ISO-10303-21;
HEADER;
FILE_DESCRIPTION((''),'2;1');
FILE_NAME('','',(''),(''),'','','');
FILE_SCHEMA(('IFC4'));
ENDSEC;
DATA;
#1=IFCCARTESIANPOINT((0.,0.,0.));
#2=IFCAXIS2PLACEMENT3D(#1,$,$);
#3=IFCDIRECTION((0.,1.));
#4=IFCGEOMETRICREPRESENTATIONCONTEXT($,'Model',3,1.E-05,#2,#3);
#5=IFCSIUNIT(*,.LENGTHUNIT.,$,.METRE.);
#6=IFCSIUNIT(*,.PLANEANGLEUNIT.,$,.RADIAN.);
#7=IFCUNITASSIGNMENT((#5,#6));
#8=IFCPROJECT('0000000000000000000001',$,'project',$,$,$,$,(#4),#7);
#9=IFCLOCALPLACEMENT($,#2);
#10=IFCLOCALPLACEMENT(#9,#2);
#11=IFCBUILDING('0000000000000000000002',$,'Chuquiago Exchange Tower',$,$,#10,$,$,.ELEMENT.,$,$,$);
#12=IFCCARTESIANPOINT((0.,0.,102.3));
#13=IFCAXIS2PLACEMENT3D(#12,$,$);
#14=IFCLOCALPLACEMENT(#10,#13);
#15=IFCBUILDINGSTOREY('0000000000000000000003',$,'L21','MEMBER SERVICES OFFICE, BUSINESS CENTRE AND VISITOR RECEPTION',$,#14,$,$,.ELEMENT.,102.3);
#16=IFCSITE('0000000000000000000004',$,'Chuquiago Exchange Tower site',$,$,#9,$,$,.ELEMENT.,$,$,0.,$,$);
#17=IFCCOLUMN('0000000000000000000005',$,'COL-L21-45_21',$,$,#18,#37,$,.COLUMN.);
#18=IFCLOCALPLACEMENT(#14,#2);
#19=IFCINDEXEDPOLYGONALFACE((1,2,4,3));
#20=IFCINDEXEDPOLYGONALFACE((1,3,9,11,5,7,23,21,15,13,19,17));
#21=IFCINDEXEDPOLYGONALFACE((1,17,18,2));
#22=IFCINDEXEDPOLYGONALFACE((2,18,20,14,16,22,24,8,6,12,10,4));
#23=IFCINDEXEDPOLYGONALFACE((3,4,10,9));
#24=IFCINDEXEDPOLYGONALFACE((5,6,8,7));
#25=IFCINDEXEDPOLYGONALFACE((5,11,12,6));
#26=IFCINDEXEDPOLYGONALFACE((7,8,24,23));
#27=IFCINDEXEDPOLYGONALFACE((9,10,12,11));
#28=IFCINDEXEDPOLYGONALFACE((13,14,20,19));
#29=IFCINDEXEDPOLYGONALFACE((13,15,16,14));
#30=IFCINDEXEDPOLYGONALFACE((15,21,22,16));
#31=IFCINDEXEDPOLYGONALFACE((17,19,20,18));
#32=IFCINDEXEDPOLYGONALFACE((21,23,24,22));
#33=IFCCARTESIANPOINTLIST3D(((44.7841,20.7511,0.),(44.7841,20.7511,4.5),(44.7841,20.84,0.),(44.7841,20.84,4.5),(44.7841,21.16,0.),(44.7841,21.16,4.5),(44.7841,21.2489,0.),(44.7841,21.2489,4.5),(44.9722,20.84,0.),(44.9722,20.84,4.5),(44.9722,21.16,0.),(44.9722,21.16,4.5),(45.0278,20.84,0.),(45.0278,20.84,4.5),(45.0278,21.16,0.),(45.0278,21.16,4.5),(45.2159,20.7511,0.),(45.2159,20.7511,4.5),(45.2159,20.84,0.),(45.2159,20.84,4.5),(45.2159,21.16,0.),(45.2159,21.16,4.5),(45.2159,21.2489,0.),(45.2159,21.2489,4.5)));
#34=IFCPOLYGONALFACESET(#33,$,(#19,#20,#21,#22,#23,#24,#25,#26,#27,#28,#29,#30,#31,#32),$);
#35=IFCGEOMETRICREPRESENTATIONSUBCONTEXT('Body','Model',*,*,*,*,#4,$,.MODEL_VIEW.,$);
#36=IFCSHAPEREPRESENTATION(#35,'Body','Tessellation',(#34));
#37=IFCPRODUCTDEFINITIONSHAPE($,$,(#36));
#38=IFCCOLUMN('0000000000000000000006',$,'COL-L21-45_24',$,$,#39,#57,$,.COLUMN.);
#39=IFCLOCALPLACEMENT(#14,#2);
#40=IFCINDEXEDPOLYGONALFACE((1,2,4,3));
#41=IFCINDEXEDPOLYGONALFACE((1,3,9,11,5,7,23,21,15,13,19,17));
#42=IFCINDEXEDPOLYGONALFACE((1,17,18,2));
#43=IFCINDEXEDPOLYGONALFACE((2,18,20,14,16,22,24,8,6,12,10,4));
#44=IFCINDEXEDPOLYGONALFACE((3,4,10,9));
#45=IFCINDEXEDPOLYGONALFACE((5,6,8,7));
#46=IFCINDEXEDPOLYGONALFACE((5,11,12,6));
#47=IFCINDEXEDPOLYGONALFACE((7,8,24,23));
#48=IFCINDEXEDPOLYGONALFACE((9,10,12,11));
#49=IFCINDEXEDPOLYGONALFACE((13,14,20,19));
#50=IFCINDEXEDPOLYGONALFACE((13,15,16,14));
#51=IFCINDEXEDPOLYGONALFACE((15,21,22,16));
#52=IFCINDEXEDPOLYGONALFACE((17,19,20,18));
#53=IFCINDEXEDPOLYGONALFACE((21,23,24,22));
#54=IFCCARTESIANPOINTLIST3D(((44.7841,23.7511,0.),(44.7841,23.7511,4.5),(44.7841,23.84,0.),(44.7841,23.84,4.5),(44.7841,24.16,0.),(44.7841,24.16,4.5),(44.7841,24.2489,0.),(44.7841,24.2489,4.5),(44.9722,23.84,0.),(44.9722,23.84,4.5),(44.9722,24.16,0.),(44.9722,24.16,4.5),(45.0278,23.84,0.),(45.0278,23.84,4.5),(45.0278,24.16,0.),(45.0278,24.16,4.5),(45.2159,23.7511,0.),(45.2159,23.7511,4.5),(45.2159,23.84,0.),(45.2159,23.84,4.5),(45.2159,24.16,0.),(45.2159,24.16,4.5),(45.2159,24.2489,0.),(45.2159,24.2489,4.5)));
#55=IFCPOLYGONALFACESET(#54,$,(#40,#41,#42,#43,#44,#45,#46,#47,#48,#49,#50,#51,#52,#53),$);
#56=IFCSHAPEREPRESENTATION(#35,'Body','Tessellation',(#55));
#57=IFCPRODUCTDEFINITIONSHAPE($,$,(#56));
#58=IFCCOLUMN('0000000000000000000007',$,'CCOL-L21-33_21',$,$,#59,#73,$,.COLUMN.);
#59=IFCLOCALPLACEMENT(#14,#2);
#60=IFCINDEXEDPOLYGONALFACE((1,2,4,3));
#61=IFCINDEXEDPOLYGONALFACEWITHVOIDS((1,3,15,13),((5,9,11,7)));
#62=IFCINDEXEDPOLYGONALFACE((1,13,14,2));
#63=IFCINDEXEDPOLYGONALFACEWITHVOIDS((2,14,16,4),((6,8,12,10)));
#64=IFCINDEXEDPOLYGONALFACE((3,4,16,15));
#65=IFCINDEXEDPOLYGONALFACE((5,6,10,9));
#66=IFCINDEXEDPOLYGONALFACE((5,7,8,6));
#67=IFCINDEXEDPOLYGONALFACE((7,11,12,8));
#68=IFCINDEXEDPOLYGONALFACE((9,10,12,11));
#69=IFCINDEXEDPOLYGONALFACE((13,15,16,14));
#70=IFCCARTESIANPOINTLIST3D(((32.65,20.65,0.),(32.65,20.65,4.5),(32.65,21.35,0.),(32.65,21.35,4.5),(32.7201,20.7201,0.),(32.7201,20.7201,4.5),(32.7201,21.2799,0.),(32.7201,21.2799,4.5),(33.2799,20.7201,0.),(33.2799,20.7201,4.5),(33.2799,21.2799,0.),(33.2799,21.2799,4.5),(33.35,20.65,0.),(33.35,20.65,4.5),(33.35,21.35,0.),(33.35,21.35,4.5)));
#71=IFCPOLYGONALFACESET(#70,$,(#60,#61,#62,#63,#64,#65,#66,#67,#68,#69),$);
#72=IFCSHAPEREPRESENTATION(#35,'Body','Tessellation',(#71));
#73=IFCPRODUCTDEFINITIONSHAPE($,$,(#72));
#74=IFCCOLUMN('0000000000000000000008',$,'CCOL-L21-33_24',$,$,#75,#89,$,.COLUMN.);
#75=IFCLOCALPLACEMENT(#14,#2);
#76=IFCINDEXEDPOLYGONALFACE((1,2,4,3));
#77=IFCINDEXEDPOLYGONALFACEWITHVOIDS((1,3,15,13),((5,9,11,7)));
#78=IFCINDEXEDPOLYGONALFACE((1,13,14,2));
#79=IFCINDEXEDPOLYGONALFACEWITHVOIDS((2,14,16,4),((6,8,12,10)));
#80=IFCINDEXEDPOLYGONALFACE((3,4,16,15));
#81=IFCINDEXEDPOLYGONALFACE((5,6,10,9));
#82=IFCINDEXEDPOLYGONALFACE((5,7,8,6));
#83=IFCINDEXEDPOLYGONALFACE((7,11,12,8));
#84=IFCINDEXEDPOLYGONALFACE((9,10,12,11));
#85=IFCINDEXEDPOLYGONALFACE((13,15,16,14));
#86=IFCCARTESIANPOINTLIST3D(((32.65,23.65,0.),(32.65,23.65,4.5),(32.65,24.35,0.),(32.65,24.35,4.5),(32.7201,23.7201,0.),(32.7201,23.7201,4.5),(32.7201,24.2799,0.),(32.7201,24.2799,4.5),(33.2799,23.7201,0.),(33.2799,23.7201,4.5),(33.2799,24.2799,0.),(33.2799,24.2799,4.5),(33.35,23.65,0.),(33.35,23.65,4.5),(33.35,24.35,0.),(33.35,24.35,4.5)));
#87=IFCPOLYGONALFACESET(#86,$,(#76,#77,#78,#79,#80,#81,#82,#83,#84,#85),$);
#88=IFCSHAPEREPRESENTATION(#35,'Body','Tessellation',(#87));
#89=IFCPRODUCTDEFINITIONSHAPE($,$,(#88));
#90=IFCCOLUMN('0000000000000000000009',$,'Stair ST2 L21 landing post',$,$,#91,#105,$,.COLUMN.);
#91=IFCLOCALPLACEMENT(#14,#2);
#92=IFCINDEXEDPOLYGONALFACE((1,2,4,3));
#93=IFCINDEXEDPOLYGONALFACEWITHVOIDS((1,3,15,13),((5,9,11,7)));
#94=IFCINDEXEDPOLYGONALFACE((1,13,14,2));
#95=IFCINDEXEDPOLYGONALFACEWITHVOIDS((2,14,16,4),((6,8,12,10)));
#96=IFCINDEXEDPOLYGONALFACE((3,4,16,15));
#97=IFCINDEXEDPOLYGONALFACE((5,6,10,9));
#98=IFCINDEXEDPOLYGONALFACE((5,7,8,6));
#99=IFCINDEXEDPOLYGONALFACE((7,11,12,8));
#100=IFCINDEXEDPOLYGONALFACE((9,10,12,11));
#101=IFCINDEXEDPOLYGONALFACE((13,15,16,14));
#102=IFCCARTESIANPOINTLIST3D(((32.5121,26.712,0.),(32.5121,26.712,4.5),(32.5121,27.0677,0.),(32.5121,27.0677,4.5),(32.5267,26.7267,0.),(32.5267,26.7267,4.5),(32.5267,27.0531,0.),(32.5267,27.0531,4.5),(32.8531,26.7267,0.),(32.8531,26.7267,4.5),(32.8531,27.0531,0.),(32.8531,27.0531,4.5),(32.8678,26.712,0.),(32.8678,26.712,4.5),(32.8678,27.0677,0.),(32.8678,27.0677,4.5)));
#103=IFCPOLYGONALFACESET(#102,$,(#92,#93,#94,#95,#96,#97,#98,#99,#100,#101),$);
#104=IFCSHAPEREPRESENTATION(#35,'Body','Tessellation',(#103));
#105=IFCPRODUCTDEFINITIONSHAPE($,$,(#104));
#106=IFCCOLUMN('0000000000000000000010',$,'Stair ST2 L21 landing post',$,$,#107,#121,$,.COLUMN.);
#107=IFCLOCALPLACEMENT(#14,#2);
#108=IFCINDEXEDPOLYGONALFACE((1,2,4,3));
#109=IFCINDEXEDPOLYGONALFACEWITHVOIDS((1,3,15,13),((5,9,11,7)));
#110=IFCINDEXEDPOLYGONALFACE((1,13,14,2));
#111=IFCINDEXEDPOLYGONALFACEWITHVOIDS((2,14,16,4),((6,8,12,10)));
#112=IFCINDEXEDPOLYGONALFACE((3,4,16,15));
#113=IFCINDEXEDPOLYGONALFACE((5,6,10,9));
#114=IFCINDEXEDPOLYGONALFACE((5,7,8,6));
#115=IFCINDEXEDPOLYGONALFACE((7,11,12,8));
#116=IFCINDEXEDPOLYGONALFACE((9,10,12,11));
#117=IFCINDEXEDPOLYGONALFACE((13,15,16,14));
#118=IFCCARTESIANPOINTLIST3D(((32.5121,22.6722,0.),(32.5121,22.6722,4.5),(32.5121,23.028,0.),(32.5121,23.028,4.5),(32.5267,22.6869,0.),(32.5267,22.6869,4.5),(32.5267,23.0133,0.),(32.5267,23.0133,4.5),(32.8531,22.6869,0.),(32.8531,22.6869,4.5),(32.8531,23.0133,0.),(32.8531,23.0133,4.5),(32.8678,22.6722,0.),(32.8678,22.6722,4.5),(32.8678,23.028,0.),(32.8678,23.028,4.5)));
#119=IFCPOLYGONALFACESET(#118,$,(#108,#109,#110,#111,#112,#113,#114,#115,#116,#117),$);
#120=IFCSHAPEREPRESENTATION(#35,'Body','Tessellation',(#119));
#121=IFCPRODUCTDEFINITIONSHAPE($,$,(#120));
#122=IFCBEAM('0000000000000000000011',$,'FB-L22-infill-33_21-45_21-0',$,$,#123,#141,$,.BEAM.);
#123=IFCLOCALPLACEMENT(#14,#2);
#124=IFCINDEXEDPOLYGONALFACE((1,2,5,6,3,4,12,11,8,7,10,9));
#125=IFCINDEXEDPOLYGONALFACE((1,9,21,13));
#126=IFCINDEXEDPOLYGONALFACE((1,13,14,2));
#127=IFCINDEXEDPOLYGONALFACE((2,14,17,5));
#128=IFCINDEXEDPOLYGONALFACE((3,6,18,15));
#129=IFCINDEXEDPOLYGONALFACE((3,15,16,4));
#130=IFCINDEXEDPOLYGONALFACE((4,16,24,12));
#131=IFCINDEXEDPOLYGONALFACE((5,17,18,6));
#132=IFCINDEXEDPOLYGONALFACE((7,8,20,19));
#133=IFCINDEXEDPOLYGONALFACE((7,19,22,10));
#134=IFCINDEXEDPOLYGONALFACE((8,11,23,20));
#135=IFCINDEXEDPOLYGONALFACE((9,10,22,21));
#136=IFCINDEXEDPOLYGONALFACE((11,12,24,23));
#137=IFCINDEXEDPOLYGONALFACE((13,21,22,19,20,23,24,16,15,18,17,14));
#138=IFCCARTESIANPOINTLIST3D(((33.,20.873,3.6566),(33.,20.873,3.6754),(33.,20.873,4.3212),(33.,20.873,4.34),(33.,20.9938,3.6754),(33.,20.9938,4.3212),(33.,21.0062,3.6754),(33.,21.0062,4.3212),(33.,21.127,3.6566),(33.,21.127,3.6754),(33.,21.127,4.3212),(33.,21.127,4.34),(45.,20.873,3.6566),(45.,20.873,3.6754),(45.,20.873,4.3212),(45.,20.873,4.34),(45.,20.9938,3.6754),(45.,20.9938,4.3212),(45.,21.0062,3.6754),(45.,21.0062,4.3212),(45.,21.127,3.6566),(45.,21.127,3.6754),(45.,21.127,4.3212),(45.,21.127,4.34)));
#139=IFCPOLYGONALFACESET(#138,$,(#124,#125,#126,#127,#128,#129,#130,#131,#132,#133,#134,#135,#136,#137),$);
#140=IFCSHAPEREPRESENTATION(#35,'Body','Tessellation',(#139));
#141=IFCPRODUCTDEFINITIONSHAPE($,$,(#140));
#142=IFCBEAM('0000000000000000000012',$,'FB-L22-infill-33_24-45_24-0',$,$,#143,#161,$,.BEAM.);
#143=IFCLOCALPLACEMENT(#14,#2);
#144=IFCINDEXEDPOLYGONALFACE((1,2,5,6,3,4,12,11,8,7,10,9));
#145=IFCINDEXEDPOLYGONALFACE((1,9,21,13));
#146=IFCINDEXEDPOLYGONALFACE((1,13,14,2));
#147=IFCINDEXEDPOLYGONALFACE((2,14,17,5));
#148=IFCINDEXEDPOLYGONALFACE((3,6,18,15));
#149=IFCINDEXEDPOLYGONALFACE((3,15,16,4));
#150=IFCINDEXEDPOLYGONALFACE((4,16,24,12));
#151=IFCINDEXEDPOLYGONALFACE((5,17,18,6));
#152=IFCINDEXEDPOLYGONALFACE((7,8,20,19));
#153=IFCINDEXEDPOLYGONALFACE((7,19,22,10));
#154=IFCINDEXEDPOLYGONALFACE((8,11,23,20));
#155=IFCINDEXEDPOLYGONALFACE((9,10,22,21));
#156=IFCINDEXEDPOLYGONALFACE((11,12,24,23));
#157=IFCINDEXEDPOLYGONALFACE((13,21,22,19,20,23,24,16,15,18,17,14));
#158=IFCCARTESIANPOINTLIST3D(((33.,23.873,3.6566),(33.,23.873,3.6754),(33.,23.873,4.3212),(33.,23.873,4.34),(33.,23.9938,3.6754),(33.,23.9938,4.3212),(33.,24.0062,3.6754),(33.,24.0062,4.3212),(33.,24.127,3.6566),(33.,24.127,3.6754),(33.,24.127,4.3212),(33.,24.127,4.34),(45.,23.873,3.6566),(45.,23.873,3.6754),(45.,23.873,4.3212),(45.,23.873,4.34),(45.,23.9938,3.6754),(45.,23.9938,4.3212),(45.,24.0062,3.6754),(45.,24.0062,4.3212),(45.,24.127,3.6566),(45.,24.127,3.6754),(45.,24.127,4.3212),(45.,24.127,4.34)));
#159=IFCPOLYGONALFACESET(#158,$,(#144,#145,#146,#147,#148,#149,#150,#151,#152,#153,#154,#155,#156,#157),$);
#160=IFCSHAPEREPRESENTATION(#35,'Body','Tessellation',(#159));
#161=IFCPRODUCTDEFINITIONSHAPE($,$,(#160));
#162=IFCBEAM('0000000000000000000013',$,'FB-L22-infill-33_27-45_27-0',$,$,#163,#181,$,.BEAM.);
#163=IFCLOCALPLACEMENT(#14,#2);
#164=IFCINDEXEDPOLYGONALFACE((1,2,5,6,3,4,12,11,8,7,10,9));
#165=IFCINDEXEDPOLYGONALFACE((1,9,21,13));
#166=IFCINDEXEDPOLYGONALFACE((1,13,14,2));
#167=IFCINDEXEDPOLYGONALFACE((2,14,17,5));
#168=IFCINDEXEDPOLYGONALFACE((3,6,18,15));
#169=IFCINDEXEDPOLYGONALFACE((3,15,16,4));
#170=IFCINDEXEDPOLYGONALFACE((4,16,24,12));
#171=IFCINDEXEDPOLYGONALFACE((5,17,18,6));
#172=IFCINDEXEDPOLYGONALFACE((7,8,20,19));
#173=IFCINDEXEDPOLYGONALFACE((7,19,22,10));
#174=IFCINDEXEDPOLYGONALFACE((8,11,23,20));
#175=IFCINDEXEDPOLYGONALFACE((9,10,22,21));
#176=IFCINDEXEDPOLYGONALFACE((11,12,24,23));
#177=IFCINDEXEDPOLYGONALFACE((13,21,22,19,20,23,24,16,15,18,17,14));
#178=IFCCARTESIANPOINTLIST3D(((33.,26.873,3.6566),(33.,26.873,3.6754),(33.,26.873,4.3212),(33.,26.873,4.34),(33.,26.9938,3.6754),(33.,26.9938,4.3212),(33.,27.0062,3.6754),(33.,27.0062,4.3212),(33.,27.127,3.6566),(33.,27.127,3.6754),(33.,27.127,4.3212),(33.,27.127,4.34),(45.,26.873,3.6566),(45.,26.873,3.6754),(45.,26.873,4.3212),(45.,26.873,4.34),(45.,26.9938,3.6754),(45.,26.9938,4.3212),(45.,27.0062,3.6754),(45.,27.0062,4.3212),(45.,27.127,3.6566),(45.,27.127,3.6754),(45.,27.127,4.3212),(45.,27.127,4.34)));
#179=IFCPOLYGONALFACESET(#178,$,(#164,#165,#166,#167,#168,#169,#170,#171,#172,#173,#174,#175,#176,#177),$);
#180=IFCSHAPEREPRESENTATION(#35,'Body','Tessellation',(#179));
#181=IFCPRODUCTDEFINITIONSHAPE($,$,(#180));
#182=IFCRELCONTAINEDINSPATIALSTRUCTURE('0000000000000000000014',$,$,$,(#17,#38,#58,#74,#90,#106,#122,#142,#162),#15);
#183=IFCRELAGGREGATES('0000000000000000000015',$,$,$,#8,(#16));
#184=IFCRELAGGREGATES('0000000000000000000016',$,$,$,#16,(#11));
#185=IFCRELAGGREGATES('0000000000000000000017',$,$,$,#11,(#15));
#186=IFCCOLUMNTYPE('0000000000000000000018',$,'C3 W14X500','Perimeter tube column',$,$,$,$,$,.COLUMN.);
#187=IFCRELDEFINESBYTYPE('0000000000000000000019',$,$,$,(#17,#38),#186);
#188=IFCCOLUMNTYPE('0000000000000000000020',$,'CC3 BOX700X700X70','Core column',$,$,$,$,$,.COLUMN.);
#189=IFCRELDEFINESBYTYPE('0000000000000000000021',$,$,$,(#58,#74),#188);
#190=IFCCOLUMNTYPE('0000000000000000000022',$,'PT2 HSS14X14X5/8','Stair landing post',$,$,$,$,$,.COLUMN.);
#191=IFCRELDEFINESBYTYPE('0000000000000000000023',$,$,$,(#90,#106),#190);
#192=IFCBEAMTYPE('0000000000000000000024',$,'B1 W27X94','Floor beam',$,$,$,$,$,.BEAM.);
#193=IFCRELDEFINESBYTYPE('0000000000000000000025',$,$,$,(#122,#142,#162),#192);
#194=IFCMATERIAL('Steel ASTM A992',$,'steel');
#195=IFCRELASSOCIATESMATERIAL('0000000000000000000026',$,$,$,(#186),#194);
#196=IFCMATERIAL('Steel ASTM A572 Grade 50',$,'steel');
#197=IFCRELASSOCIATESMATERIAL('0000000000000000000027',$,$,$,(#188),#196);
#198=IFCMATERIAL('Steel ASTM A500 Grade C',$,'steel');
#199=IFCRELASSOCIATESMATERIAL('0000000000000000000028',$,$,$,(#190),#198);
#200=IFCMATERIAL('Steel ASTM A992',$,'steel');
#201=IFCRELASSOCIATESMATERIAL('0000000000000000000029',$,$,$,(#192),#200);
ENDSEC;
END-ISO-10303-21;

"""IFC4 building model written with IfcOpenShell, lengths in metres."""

from ifc_helpers import new_model, si_unit, direction, frame, origin, origin_2d, place, context, subcontext, project, spatial, hollow_rectangle, i_section, extrude, material, material_profile, profile_set, type_object, element, save


model = new_model("IFC4")

# Units and contexts
model_context = context("Model", 3, precision=1e-05, world=origin(), true_north=direction((0.0, 1.0)))
body_context = subcontext(model_context, "Body", "Model", "MODEL_VIEW")
ifc_project = project(units=[si_unit("LENGTHUNIT", "METRE"), si_unit("PLANEANGLEUNIT", "RADIAN")], contexts=[model_context])

# Site, building, storey
site_placement = place(None, origin())
site = spatial("IfcSite", under=ifc_project, at=site_placement, Name="Chuquiago Exchange Tower site", CompositionType="ELEMENT", RefElevation=0.0)
building_placement = place(site_placement, origin())
building = spatial("IfcBuilding", under=site, at=building_placement, Name="Chuquiago Exchange Tower", CompositionType="ELEMENT")
storey_placement = place(building_placement, frame((0.0, 0.0, 102.3)))
storey = spatial("IfcBuildingStorey", under=building, at=storey_placement, Name="L21", Description="MEMBER SERVICES OFFICE, BUSINESS CENTRE AND VISITOR RECEPTION", CompositionType="ELEMENT", Elevation=102.3)

# Columns
ifc_material_1 = material(Name="Steel ASTM A992", Category="steel")
ifc_material_profile_1 = material_profile(ifc_material_1, i_section(OverallWidth=0.4319, OverallDepth=0.4978, WebThickness=0.0557, FlangeThickness=0.0889, at=origin_2d()), Name="W14X500")
ifc_profile_set_1 = profile_set([ifc_material_profile_1], Name="Steel ASTM A992")
column_type_1 = type_object("IfcColumnType", Name="C3 W14X500", Description="Perimeter tube column", PredefinedType="COLUMN", material=ifc_profile_set_1)
for number, where, z_axis, x_axis, name in (
    (1, (45.0, 21.0, 0.0), (0.0, 0.0, 1.0), (1.0, 0.0, 0.0), "COL-L21-45_21"),
    (2, (45.0, 24.0, 0.0), (0.0, 0.0, 1.0), (1.0, 0.0, 0.0), "COL-L21-45_24"),
):
    element("IfcColumn", number, at=place(storey_placement, frame(where, z_axis=z_axis, x_axis=x_axis)), inside=storey, type_object=column_type_1, Name=name, PredefinedType="COLUMN", context=body_context, shape_type="SweptSolid", body=[
        extrude(i_section(OverallWidth=0.4319, OverallDepth=0.4978, WebThickness=0.0557, FlangeThickness=0.0889, at=origin_2d()), origin(), (0.0, 0.0, 1.0), 4.5),
    ])
ifc_material_2 = material(Name="Steel ASTM A572 Grade 50", Category="steel")
ifc_material_profile_2 = material_profile(ifc_material_2, hollow_rectangle(XDim=0.7, YDim=0.7, WallThickness=0.0701, at=origin_2d()), Name="BOX700X700X70")
ifc_profile_set_2 = profile_set([ifc_material_profile_2], Name="Steel ASTM A572 Grade 50")
column_type_2 = type_object("IfcColumnType", Name="CC3 BOX700X700X70", Description="Core column", PredefinedType="COLUMN", material=ifc_profile_set_2)
for number, where, z_axis, x_axis, name in (
    (3, (33.0, 21.0, 0.0), (0.0, 0.0, 1.0), (1.0, 0.0, 0.0), "CCOL-L21-33_21"),
    (4, (33.0, 24.0, 0.0), (0.0, 0.0, 1.0), (1.0, 0.0, 0.0), "CCOL-L21-33_24"),
):
    element("IfcColumn", number, at=place(storey_placement, frame(where, z_axis=z_axis, x_axis=x_axis)), inside=storey, type_object=column_type_2, Name=name, PredefinedType="COLUMN", context=body_context, shape_type="SweptSolid", body=[
        extrude(hollow_rectangle(XDim=0.7, YDim=0.7, WallThickness=0.0701, at=origin_2d()), origin(), (0.0, 0.0, 1.0), 4.5),
    ])
ifc_material_3 = material(Name="Steel ASTM A500 Grade C", Category="steel")
ifc_material_profile_3 = material_profile(ifc_material_3, hollow_rectangle(XDim=0.3557, YDim=0.3557, WallThickness=0.0146, at=origin_2d()), Name="HSS14X14X5/8")
ifc_profile_set_3 = profile_set([ifc_material_profile_3], Name="Steel ASTM A500 Grade C")
column_type_3 = type_object("IfcColumnType", Name="PT2 HSS14X14X5/8", Description="Stair landing post", PredefinedType="COLUMN", material=ifc_profile_set_3)
for number, where, z_axis, x_axis, name in (
    (5, (32.6899, 26.8899, 0.0), (0.0, 0.0, 1.0), (1.0, 0.0, 0.0), "Stair ST2 L21 landing post"),
    (6, (32.6899, 22.8501, 0.0), (0.0, 0.0, 1.0), (1.0, 0.0, 0.0), "Stair ST2 L21 landing post"),
):
    element("IfcColumn", number, at=place(storey_placement, frame(where, z_axis=z_axis, x_axis=x_axis)), inside=storey, type_object=column_type_3, Name=name, PredefinedType="COLUMN", context=body_context, shape_type="SweptSolid", body=[
        extrude(hollow_rectangle(XDim=0.3557, YDim=0.3557, WallThickness=0.0146, at=origin_2d()), origin(), (0.0, 0.0, 1.0), 4.5),
    ])

# Beams
ifc_material_4 = material(Name="Steel ASTM A992", Category="steel")
ifc_material_profile_4 = material_profile(ifc_material_4, i_section(OverallWidth=0.2539, OverallDepth=0.6833, WebThickness=0.0125, FlangeThickness=0.0188, at=origin_2d()), Name="W27X94")
ifc_profile_set_4 = profile_set([ifc_material_profile_4], Name="Steel ASTM A992")
beam_type_1 = type_object("IfcBeamType", Name="B1 W27X94", Description="Floor beam", PredefinedType="BEAM", material=ifc_profile_set_4)
for number, where, z_axis, x_axis, name in (
    (7, (33.0, 21.0, 3.9983), (1.0, 0.0, 0.0), (0.0, 1.0, 0.0), "FB-L22-infill-33_21-45_21-0"),
    (8, (33.0, 24.0, 3.9983), (1.0, 0.0, 0.0), (0.0, 1.0, 0.0), "FB-L22-infill-33_24-45_24-0"),
    (9, (33.0, 27.0, 3.9983), (1.0, 0.0, 0.0), (0.0, 1.0, 0.0), "FB-L22-infill-33_27-45_27-0"),
):
    element("IfcBeam", number, at=place(storey_placement, frame(where, z_axis=z_axis, x_axis=x_axis)), inside=storey, type_object=beam_type_1, Name=name, PredefinedType="BEAM", context=body_context, shape_type="SweptSolid", body=[
        extrude(i_section(OverallWidth=0.2539, OverallDepth=0.6833, WebThickness=0.0125, FlangeThickness=0.0188, at=origin_2d()), origin(), (0.0, 0.0, 1.0), 12.0),
    ])

save(model, "model.ifc")
